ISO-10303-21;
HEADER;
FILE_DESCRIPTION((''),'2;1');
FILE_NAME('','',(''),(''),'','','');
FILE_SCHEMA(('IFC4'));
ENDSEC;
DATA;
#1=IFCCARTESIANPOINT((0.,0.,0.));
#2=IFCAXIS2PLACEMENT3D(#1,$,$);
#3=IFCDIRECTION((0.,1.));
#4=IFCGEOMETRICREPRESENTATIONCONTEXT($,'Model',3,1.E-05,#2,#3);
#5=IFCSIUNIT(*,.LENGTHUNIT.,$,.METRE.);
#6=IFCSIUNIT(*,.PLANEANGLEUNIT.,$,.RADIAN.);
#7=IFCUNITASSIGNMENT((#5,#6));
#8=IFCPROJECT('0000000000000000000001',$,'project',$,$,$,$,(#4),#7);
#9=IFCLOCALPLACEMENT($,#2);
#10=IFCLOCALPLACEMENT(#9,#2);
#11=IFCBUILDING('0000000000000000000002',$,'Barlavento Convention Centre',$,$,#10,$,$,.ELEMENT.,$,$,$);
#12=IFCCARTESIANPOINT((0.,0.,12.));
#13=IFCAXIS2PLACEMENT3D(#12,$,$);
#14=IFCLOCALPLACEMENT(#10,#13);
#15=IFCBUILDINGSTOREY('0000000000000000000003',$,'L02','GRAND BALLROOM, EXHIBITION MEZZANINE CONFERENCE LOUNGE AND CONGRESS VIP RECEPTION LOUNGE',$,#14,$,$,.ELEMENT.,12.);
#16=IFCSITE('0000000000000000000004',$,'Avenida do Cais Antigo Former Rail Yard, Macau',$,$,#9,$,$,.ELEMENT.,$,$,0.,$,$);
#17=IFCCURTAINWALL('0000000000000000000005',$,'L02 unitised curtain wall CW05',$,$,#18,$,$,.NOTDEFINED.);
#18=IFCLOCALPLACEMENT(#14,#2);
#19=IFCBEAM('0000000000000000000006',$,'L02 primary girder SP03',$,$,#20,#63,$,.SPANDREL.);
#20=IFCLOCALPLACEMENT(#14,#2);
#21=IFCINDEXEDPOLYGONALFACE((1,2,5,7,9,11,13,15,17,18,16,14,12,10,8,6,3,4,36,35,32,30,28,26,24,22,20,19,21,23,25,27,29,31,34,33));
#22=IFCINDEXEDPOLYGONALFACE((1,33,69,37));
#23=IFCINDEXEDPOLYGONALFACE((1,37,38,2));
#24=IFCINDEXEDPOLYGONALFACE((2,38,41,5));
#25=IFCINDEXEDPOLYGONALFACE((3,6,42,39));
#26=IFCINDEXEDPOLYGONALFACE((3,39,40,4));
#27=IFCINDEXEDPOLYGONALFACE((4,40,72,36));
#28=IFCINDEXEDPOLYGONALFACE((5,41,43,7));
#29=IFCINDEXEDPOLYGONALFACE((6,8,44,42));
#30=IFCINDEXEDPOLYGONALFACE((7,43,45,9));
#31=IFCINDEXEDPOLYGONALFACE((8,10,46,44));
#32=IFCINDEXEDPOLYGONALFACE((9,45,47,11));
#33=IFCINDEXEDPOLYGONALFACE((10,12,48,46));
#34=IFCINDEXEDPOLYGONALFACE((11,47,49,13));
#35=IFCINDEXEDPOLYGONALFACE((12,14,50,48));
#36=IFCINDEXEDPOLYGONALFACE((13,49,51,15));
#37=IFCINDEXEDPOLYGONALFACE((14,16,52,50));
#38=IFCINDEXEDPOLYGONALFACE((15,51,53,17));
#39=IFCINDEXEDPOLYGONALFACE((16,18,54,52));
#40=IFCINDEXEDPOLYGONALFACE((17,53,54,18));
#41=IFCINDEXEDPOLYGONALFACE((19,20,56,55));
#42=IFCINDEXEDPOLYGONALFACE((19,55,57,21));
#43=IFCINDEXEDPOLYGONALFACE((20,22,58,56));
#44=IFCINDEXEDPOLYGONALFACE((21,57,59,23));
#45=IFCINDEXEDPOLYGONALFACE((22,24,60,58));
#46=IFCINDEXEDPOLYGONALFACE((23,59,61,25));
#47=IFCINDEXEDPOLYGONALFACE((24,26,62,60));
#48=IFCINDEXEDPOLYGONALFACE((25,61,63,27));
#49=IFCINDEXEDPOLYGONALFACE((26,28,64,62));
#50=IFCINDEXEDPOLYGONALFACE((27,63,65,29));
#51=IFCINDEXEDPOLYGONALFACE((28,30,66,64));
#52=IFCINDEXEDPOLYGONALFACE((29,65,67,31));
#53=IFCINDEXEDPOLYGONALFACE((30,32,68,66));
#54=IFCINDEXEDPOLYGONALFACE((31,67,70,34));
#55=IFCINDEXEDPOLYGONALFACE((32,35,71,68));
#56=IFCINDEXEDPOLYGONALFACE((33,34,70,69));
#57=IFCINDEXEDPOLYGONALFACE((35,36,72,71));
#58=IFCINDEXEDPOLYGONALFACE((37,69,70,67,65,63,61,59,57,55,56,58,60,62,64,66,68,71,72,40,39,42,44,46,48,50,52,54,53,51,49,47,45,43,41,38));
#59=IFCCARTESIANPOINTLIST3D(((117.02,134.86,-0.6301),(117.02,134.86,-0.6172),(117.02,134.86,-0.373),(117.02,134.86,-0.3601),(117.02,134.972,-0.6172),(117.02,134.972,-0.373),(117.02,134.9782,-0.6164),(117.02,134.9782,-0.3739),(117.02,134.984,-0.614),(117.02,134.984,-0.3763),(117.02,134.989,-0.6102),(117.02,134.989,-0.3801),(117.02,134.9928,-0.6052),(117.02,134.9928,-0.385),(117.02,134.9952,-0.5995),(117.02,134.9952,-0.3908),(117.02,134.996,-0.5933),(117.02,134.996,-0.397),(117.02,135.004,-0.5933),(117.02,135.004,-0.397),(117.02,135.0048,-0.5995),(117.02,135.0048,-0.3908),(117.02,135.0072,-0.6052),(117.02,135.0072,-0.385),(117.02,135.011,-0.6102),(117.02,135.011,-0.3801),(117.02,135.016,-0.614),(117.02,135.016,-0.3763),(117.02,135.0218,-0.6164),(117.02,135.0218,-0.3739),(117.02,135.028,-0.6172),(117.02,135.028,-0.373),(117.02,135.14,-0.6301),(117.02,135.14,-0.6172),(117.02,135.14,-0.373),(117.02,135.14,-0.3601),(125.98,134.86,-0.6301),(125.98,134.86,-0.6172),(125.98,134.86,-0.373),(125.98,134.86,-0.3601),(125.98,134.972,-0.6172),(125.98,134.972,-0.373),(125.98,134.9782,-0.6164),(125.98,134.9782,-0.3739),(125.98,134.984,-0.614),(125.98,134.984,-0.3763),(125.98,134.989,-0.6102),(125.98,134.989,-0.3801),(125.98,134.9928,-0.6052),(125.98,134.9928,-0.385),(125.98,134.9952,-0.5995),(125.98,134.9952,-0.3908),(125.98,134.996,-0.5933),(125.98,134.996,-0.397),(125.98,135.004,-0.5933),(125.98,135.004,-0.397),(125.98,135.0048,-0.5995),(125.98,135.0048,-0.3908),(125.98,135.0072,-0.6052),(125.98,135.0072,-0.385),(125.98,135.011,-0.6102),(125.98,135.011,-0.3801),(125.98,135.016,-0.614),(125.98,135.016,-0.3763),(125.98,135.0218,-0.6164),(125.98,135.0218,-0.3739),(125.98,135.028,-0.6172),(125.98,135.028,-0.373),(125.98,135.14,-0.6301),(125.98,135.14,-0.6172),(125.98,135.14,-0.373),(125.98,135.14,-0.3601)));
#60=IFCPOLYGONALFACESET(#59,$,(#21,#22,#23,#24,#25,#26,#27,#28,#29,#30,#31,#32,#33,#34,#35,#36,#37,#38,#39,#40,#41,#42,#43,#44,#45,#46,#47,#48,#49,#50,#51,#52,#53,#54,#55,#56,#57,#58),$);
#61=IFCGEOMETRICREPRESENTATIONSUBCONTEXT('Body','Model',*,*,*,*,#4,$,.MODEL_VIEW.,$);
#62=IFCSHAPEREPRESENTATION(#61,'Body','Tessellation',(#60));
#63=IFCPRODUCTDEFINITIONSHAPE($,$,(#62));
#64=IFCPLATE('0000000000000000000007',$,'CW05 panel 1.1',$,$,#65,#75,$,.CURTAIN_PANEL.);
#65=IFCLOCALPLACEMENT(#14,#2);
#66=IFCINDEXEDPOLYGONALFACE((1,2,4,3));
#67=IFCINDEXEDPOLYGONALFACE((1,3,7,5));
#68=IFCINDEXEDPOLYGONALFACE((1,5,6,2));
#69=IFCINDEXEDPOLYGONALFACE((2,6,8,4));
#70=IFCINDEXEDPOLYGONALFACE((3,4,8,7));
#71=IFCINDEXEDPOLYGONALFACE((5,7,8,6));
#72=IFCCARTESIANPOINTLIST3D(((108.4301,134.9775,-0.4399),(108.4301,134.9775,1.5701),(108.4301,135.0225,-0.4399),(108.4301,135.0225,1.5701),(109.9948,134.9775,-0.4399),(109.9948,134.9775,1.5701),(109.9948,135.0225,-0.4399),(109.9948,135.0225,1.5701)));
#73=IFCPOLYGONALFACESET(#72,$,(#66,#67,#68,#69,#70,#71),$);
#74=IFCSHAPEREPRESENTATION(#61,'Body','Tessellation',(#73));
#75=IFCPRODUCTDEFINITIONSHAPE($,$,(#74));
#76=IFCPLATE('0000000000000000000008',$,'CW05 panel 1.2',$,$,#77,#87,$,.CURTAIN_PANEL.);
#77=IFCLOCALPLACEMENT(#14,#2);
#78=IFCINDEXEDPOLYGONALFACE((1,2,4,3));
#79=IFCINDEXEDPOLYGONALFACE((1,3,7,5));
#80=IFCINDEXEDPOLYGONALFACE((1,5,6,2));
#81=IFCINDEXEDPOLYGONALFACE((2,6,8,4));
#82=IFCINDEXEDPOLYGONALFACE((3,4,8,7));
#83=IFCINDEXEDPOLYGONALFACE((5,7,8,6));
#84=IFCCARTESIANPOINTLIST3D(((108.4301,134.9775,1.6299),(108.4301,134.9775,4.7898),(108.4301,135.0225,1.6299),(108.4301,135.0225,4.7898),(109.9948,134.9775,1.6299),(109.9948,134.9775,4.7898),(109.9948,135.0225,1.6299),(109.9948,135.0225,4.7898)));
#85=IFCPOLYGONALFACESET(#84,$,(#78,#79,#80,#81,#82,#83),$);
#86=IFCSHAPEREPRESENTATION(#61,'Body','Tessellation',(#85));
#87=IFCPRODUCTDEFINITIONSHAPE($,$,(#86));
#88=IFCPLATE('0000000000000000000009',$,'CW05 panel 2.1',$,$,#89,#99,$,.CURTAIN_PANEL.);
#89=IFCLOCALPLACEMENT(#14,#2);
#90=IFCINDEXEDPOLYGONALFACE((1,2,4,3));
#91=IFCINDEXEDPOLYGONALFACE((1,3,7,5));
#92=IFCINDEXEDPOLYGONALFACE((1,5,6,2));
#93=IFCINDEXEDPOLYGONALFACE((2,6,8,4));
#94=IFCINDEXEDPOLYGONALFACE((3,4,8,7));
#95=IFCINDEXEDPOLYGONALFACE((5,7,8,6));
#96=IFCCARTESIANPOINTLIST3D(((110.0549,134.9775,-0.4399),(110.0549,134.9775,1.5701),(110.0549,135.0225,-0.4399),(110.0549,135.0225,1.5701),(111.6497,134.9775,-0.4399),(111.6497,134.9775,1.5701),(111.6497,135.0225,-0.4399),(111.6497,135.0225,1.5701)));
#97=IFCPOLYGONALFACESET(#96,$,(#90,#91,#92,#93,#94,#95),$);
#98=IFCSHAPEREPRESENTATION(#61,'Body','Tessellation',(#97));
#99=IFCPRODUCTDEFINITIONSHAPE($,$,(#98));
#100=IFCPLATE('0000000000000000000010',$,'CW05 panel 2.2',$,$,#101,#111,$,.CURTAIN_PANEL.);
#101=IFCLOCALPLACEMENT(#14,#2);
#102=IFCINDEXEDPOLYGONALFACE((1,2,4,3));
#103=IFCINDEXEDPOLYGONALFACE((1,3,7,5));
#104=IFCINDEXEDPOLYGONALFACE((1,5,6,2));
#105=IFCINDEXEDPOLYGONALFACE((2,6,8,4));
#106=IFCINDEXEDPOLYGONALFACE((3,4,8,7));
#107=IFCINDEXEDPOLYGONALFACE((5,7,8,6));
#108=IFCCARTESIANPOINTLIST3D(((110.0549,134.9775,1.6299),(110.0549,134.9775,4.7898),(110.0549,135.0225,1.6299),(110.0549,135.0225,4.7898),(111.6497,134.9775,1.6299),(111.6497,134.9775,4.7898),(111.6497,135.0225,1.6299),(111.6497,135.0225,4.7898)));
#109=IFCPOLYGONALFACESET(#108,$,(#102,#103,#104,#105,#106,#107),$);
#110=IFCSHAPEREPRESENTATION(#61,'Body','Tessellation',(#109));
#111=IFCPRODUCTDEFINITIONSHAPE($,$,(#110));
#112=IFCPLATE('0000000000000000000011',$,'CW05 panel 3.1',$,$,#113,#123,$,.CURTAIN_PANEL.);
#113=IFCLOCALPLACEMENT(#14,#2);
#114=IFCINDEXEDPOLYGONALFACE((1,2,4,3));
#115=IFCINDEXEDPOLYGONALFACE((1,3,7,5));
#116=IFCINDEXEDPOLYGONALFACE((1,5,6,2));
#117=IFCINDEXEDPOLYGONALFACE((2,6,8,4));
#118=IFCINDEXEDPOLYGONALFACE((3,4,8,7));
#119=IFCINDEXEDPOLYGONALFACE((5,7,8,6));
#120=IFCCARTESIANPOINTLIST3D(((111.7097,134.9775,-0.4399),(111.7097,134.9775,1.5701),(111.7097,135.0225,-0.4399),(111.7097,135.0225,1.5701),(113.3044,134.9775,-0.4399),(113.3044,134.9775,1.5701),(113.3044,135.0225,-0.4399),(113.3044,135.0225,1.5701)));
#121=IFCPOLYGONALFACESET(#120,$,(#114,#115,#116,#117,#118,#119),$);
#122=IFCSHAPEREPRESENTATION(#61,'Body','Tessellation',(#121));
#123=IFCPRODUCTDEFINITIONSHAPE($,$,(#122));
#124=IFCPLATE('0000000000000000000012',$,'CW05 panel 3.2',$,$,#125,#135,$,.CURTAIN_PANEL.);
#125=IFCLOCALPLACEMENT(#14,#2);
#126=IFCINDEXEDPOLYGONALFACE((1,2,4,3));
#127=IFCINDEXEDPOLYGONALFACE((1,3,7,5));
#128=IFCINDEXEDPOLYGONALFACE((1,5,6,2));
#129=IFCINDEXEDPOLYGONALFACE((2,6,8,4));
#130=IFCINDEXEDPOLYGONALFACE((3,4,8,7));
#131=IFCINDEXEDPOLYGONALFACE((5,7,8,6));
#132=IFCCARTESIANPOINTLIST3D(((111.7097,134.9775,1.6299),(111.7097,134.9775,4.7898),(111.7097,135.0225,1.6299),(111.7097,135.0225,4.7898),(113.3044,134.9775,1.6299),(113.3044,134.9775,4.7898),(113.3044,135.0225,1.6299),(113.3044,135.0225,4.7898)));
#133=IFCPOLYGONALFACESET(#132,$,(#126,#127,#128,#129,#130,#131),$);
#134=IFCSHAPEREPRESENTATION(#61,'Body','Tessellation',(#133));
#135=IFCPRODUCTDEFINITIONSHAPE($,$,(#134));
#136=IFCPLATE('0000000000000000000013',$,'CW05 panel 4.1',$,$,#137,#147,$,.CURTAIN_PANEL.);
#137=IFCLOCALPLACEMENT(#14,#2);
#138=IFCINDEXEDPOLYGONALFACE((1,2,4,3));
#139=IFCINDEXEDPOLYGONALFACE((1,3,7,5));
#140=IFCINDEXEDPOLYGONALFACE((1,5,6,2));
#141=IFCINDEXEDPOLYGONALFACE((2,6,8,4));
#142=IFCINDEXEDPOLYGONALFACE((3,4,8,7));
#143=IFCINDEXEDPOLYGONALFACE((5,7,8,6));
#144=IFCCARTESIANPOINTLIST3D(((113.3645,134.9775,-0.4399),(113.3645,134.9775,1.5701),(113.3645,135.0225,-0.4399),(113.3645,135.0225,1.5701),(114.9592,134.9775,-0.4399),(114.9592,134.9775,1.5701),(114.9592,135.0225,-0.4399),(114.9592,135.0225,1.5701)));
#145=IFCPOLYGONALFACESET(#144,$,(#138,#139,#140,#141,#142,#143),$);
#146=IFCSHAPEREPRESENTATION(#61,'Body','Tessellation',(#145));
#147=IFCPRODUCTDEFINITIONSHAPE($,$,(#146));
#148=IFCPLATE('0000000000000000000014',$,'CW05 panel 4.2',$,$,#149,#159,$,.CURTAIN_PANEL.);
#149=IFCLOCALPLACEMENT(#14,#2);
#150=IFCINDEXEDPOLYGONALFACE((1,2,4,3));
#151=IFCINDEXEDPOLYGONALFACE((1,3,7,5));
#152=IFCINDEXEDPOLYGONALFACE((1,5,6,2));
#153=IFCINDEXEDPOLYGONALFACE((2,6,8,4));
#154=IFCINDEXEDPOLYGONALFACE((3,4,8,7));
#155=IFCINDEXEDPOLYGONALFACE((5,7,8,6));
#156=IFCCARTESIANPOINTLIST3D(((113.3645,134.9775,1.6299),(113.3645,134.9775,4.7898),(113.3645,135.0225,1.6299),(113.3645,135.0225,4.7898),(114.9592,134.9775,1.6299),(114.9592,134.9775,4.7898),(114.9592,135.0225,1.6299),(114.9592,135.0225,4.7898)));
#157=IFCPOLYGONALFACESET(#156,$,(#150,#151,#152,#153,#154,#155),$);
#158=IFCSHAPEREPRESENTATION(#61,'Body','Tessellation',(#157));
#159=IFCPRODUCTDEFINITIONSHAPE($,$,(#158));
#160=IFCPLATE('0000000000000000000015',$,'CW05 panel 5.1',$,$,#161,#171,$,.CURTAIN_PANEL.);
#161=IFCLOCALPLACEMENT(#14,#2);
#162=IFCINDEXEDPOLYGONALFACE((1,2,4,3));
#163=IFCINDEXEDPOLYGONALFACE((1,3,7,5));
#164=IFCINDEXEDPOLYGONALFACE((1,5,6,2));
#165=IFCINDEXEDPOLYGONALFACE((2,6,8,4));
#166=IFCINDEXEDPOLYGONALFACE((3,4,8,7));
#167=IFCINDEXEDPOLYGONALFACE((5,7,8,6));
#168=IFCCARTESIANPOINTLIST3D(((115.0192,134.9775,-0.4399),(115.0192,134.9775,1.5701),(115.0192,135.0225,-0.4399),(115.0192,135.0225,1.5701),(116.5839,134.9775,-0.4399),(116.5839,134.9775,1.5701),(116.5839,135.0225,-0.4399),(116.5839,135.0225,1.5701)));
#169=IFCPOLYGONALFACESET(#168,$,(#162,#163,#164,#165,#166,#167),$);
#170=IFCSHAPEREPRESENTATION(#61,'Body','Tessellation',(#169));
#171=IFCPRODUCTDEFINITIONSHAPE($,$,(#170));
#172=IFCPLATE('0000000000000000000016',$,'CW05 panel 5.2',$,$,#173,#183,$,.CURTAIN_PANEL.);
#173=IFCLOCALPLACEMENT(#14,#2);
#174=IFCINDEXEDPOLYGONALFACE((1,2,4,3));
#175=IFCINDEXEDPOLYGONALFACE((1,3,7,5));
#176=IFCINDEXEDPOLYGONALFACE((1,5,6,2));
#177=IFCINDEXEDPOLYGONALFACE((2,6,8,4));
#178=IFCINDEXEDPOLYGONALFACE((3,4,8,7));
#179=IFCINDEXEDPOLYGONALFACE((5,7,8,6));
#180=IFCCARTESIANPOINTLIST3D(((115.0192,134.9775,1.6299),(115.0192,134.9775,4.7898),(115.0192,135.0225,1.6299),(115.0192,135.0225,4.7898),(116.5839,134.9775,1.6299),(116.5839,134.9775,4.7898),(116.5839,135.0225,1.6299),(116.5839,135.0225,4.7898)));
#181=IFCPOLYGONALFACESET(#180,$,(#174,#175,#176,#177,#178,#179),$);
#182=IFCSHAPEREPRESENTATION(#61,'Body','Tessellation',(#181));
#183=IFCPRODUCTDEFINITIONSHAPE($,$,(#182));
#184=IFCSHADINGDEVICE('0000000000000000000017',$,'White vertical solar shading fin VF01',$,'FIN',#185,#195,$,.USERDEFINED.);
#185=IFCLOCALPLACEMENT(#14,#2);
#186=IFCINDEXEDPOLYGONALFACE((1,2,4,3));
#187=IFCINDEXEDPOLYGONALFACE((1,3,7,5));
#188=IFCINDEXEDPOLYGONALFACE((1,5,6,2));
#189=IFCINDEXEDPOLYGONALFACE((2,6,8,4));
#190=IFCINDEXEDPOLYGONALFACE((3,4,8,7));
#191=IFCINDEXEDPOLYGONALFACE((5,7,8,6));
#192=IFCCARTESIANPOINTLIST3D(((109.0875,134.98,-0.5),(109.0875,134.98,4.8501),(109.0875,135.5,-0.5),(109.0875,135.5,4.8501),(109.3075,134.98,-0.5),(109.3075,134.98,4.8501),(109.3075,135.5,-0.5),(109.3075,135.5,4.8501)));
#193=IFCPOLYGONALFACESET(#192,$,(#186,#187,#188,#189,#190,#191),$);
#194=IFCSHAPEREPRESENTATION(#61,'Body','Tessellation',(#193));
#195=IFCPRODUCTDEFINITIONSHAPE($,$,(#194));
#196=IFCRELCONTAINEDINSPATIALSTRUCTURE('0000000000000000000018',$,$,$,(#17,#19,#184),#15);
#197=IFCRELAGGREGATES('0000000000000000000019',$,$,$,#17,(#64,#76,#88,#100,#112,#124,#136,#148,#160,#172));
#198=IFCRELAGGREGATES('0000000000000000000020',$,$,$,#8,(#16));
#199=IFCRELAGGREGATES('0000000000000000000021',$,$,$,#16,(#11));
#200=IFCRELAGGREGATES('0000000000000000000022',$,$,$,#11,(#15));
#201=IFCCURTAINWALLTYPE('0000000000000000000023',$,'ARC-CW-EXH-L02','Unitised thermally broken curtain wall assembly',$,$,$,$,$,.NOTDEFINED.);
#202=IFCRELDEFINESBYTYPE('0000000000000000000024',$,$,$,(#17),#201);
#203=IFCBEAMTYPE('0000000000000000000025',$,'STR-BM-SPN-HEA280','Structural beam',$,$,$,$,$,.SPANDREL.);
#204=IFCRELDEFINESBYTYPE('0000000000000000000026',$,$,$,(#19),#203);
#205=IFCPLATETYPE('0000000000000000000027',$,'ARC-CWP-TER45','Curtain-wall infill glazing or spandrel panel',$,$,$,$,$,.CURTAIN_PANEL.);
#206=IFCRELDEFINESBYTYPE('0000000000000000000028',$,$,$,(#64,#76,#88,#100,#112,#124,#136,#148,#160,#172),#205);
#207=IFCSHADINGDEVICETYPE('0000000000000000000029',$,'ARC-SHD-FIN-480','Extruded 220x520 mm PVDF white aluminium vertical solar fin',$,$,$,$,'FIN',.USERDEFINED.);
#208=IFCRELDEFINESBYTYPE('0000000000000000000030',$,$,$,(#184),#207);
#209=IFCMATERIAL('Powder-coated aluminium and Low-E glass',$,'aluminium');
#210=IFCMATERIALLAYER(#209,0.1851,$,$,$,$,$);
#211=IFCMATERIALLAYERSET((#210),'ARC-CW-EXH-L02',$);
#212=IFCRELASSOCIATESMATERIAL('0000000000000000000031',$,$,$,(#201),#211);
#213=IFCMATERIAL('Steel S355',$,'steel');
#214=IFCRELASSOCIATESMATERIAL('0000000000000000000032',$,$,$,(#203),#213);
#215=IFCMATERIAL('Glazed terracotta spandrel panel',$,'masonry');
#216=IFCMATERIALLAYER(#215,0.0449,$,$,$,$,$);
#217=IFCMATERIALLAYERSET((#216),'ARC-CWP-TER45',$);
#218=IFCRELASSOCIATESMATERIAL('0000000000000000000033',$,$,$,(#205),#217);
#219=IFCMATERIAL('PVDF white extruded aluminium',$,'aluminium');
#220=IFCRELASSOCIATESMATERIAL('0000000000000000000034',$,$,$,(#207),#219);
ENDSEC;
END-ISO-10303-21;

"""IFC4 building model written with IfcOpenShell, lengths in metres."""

from ifc_helpers import new_model, si_unit, direction, frame, origin, origin_2d, place, context, subcontext, project, spatial, rectangle, i_section, extrude, material, layer, layer_set, material_profile, profile_set, type_object, element, aggregate, save


model = new_model("IFC4")

# Units and contexts
model_context = context("Model", 3, precision=1e-05, world=origin(), true_north=direction((0.0, 1.0)))
body_context = subcontext(model_context, "Body", "Model", "MODEL_VIEW")
ifc_project = project(units=[si_unit("LENGTHUNIT", "METRE"), si_unit("PLANEANGLEUNIT", "RADIAN")], contexts=[model_context])

# Site, building, storey
site_placement = place(None, origin())
site = spatial("IfcSite", under=ifc_project, at=site_placement, Name="Avenida do Cais Antigo Former Rail Yard, Macau", CompositionType="ELEMENT", RefElevation=0.0)
building_placement = place(site_placement, origin())
building = spatial("IfcBuilding", under=site, at=building_placement, Name="Barlavento Convention Centre", CompositionType="ELEMENT")
storey_placement = place(building_placement, frame((0.0, 0.0, 12.0)))
storey = spatial("IfcBuildingStorey", under=building, at=storey_placement, Name="L02", Description="GRAND BALLROOM, EXHIBITION MEZZANINE CONFERENCE LOUNGE AND CONGRESS VIP RECEPTION LOUNGE", CompositionType="ELEMENT", Elevation=12.0)

# Shared definitions
ifc_material_1 = material(Name="Steel S355", Category="steel")

# Curtain wall
ifc_material_2 = material(Name="Powder-coated aluminium and Low-E glass", Category="aluminium")
ifc_layer_1 = layer(ifc_material_2, 0.1851)
ifc_layer_set_1 = layer_set([ifc_layer_1], Name="ARC-CW-EXH-L02")
curtain_wall_type = type_object("IfcCurtainWallType", Name="ARC-CW-EXH-L02", Description="Unitised thermally broken curtain wall assembly", PredefinedType="NOTDEFINED", material=ifc_layer_set_1)
curtain_wall_placement = place(storey_placement, origin())
curtain_wall = element("IfcCurtainWall", 1, at=curtain_wall_placement, inside=storey, type_object=curtain_wall_type, Name="L02 unitised curtain wall CW05", PredefinedType="NOTDEFINED")

# Beam
ifc_material_profile_1 = material_profile(ifc_material_1, i_section(OverallWidth=0.28, OverallDepth=0.27, WebThickness=0.0081, FlangeThickness=0.0129, FilletRadius=0.0239, at=origin_2d()), Name="HEA 280")
ifc_profile_set_1 = profile_set([ifc_material_profile_1], Name="Steel S355")
beam_type = type_object("IfcBeamType", Name="STR-BM-SPN-HEA280", Description="Structural beam", PredefinedType="SPANDREL", material=ifc_profile_set_1)
beam_placement = place(storey_placement, frame((117.02, 135.0, -0.4951), z_axis=(1.0, 0.0, 0.0), x_axis=(0.0, 1.0, 0.0)))
element("IfcBeam", 2, at=beam_placement, inside=storey, type_object=beam_type, Name="L02 primary girder SP03", PredefinedType="SPANDREL", context=body_context, shape_type="SweptSolid", body=[
    extrude(i_section(OverallWidth=0.28, OverallDepth=0.27, WebThickness=0.0081, FlangeThickness=0.0129, FilletRadius=0.0239, at=origin_2d()), origin(), (0.0, 0.0, 1.0), 8.96),
])

# Plates
ifc_material_3 = material(Name="Glazed terracotta spandrel panel", Category="masonry")
ifc_layer_2 = layer(ifc_material_3, 0.0449)
ifc_layer_set_2 = layer_set([ifc_layer_2], Name="ARC-CWP-TER45")
plate_type = type_object("IfcPlateType", Name="ARC-CWP-TER45", Description="Curtain-wall infill glazing or spandrel panel", PredefinedType="CURTAIN_PANEL", material=ifc_layer_set_2)
plate_1_placement = place(storey_placement, frame((109.2124, 135.0, -0.4399), z_axis=(0.0, 0.0, 1.0), x_axis=(1.0, 0.0, 0.0)))
plate_1 = element("IfcPlate", 3, at=plate_1_placement, type_object=plate_type, Name="CW05 panel 1.1", PredefinedType="CURTAIN_PANEL", context=body_context, shape_type="SweptSolid", body=[
    extrude(rectangle(XDim=1.5647, YDim=0.0449, at=origin_2d()), origin(), (0.0, 0.0, 1.0), 2.01),
])
plate_2_placement = place(storey_placement, frame((109.2124, 135.0, 1.6299), z_axis=(0.0, 0.0, 1.0), x_axis=(1.0, 0.0, 0.0)))
plate_2 = element("IfcPlate", 4, at=plate_2_placement, type_object=plate_type, Name="CW05 panel 1.2", PredefinedType="CURTAIN_PANEL", context=body_context, shape_type="SweptSolid", body=[
    extrude(rectangle(XDim=1.5647, YDim=0.0449, at=origin_2d()), origin(), (0.0, 0.0, 1.0), 3.1599),
])
plate_3_placement = place(storey_placement, frame((110.8523, 135.0, -0.4399), z_axis=(0.0, 0.0, 1.0), x_axis=(1.0, 0.0, 0.0)))
plate_3 = element("IfcPlate", 5, at=plate_3_placement, type_object=plate_type, Name="CW05 panel 2.1", PredefinedType="CURTAIN_PANEL", context=body_context, shape_type="SweptSolid", body=[
    extrude(rectangle(XDim=1.5947, YDim=0.0449, at=origin_2d()), origin(), (0.0, 0.0, 1.0), 2.01),
])
plate_4_placement = place(storey_placement, frame((110.8523, 135.0, 1.6299), z_axis=(0.0, 0.0, 1.0), x_axis=(1.0, 0.0, 0.0)))
plate_4 = element("IfcPlate", 6, at=plate_4_placement, type_object=plate_type, Name="CW05 panel 2.2", PredefinedType="CURTAIN_PANEL", context=body_context, shape_type="SweptSolid", body=[
    extrude(rectangle(XDim=1.5947, YDim=0.0449, at=origin_2d()), origin(), (0.0, 0.0, 1.0), 3.1599),
])
plate_5_placement = place(storey_placement, frame((112.5071, 135.0, -0.4399), z_axis=(0.0, 0.0, 1.0), x_axis=(1.0, 0.0, 0.0)))
plate_5 = element("IfcPlate", 7, at=plate_5_placement, type_object=plate_type, Name="CW05 panel 3.1", PredefinedType="CURTAIN_PANEL", context=body_context, shape_type="SweptSolid", body=[
    extrude(rectangle(XDim=1.5947, YDim=0.0449, at=origin_2d()), origin(), (0.0, 0.0, 1.0), 2.01),
])
plate_6_placement = place(storey_placement, frame((112.5071, 135.0, 1.6299), z_axis=(0.0, 0.0, 1.0), x_axis=(1.0, 0.0, 0.0)))
plate_6 = element("IfcPlate", 8, at=plate_6_placement, type_object=plate_type, Name="CW05 panel 3.2", PredefinedType="CURTAIN_PANEL", context=body_context, shape_type="SweptSolid", body=[
    extrude(rectangle(XDim=1.5947, YDim=0.0449, at=origin_2d()), origin(), (0.0, 0.0, 1.0), 3.1599),
])
plate_7_placement = place(storey_placement, frame((114.1619, 135.0, -0.4399), z_axis=(0.0, 0.0, 1.0), x_axis=(1.0, 0.0, 0.0)))
plate_7 = element("IfcPlate", 9, at=plate_7_placement, type_object=plate_type, Name="CW05 panel 4.1", PredefinedType="CURTAIN_PANEL", context=body_context, shape_type="SweptSolid", body=[
    extrude(rectangle(XDim=1.5947, YDim=0.0449, at=origin_2d()), origin(), (0.0, 0.0, 1.0), 2.01),
])
plate_8_placement = place(storey_placement, frame((114.1619, 135.0, 1.6299), z_axis=(0.0, 0.0, 1.0), x_axis=(1.0, 0.0, 0.0)))
plate_8 = element("IfcPlate", 10, at=plate_8_placement, type_object=plate_type, Name="CW05 panel 4.2", PredefinedType="CURTAIN_PANEL", context=body_context, shape_type="SweptSolid", body=[
    extrude(rectangle(XDim=1.5947, YDim=0.0449, at=origin_2d()), origin(), (0.0, 0.0, 1.0), 3.1599),
])
plate_9_placement = place(storey_placement, frame((115.8015, 135.0, -0.4399), z_axis=(0.0, 0.0, 1.0), x_axis=(1.0, 0.0, 0.0)))
plate_9 = element("IfcPlate", 11, at=plate_9_placement, type_object=plate_type, Name="CW05 panel 5.1", PredefinedType="CURTAIN_PANEL", context=body_context, shape_type="SweptSolid", body=[
    extrude(rectangle(XDim=1.5647, YDim=0.0449, at=origin_2d()), origin(), (0.0, 0.0, 1.0), 2.01),
])
plate_10_placement = place(storey_placement, frame((115.8015, 135.0, 1.6299), z_axis=(0.0, 0.0, 1.0), x_axis=(1.0, 0.0, 0.0)))
plate_10 = element("IfcPlate", 12, at=plate_10_placement, type_object=plate_type, Name="CW05 panel 5.2", PredefinedType="CURTAIN_PANEL", context=body_context, shape_type="SweptSolid", body=[
    extrude(rectangle(XDim=1.5647, YDim=0.0449, at=origin_2d()), origin(), (0.0, 0.0, 1.0), 3.1599),
])
aggregate(curtain_wall, [plate_1, plate_2, plate_3, plate_4, plate_5, plate_6, plate_7, plate_8, plate_9, plate_10])

# Shading device
ifc_material_4 = material(Name="PVDF white extruded aluminium", Category="aluminium")
shading_device_type = type_object("IfcShadingDeviceType", Name="ARC-SHD-FIN-480", Description="Extruded 220x520 mm PVDF white aluminium vertical solar fin", ElementType="FIN", PredefinedType="USERDEFINED", material=ifc_material_4)
for number, where, z_axis, x_axis, name in (
    (13, (109.1975, 135.24, -0.5), (0.0, 0.0, 1.0), (1.0, 0.0, 0.0), "White vertical solar shading fin VF01"),
):
    element("IfcShadingDevice", number, at=place(storey_placement, frame(where, z_axis=z_axis, x_axis=x_axis)), inside=storey, type_object=shading_device_type, Name=name, ObjectType="FIN", PredefinedType="USERDEFINED", context=body_context, shape_type="SweptSolid", body=[
        extrude(rectangle(XDim=0.22, YDim=0.52, at=origin_2d()), origin(), (0.0, 0.0, 1.0), 5.3501),
    ])

save(model, "model.ifc")
